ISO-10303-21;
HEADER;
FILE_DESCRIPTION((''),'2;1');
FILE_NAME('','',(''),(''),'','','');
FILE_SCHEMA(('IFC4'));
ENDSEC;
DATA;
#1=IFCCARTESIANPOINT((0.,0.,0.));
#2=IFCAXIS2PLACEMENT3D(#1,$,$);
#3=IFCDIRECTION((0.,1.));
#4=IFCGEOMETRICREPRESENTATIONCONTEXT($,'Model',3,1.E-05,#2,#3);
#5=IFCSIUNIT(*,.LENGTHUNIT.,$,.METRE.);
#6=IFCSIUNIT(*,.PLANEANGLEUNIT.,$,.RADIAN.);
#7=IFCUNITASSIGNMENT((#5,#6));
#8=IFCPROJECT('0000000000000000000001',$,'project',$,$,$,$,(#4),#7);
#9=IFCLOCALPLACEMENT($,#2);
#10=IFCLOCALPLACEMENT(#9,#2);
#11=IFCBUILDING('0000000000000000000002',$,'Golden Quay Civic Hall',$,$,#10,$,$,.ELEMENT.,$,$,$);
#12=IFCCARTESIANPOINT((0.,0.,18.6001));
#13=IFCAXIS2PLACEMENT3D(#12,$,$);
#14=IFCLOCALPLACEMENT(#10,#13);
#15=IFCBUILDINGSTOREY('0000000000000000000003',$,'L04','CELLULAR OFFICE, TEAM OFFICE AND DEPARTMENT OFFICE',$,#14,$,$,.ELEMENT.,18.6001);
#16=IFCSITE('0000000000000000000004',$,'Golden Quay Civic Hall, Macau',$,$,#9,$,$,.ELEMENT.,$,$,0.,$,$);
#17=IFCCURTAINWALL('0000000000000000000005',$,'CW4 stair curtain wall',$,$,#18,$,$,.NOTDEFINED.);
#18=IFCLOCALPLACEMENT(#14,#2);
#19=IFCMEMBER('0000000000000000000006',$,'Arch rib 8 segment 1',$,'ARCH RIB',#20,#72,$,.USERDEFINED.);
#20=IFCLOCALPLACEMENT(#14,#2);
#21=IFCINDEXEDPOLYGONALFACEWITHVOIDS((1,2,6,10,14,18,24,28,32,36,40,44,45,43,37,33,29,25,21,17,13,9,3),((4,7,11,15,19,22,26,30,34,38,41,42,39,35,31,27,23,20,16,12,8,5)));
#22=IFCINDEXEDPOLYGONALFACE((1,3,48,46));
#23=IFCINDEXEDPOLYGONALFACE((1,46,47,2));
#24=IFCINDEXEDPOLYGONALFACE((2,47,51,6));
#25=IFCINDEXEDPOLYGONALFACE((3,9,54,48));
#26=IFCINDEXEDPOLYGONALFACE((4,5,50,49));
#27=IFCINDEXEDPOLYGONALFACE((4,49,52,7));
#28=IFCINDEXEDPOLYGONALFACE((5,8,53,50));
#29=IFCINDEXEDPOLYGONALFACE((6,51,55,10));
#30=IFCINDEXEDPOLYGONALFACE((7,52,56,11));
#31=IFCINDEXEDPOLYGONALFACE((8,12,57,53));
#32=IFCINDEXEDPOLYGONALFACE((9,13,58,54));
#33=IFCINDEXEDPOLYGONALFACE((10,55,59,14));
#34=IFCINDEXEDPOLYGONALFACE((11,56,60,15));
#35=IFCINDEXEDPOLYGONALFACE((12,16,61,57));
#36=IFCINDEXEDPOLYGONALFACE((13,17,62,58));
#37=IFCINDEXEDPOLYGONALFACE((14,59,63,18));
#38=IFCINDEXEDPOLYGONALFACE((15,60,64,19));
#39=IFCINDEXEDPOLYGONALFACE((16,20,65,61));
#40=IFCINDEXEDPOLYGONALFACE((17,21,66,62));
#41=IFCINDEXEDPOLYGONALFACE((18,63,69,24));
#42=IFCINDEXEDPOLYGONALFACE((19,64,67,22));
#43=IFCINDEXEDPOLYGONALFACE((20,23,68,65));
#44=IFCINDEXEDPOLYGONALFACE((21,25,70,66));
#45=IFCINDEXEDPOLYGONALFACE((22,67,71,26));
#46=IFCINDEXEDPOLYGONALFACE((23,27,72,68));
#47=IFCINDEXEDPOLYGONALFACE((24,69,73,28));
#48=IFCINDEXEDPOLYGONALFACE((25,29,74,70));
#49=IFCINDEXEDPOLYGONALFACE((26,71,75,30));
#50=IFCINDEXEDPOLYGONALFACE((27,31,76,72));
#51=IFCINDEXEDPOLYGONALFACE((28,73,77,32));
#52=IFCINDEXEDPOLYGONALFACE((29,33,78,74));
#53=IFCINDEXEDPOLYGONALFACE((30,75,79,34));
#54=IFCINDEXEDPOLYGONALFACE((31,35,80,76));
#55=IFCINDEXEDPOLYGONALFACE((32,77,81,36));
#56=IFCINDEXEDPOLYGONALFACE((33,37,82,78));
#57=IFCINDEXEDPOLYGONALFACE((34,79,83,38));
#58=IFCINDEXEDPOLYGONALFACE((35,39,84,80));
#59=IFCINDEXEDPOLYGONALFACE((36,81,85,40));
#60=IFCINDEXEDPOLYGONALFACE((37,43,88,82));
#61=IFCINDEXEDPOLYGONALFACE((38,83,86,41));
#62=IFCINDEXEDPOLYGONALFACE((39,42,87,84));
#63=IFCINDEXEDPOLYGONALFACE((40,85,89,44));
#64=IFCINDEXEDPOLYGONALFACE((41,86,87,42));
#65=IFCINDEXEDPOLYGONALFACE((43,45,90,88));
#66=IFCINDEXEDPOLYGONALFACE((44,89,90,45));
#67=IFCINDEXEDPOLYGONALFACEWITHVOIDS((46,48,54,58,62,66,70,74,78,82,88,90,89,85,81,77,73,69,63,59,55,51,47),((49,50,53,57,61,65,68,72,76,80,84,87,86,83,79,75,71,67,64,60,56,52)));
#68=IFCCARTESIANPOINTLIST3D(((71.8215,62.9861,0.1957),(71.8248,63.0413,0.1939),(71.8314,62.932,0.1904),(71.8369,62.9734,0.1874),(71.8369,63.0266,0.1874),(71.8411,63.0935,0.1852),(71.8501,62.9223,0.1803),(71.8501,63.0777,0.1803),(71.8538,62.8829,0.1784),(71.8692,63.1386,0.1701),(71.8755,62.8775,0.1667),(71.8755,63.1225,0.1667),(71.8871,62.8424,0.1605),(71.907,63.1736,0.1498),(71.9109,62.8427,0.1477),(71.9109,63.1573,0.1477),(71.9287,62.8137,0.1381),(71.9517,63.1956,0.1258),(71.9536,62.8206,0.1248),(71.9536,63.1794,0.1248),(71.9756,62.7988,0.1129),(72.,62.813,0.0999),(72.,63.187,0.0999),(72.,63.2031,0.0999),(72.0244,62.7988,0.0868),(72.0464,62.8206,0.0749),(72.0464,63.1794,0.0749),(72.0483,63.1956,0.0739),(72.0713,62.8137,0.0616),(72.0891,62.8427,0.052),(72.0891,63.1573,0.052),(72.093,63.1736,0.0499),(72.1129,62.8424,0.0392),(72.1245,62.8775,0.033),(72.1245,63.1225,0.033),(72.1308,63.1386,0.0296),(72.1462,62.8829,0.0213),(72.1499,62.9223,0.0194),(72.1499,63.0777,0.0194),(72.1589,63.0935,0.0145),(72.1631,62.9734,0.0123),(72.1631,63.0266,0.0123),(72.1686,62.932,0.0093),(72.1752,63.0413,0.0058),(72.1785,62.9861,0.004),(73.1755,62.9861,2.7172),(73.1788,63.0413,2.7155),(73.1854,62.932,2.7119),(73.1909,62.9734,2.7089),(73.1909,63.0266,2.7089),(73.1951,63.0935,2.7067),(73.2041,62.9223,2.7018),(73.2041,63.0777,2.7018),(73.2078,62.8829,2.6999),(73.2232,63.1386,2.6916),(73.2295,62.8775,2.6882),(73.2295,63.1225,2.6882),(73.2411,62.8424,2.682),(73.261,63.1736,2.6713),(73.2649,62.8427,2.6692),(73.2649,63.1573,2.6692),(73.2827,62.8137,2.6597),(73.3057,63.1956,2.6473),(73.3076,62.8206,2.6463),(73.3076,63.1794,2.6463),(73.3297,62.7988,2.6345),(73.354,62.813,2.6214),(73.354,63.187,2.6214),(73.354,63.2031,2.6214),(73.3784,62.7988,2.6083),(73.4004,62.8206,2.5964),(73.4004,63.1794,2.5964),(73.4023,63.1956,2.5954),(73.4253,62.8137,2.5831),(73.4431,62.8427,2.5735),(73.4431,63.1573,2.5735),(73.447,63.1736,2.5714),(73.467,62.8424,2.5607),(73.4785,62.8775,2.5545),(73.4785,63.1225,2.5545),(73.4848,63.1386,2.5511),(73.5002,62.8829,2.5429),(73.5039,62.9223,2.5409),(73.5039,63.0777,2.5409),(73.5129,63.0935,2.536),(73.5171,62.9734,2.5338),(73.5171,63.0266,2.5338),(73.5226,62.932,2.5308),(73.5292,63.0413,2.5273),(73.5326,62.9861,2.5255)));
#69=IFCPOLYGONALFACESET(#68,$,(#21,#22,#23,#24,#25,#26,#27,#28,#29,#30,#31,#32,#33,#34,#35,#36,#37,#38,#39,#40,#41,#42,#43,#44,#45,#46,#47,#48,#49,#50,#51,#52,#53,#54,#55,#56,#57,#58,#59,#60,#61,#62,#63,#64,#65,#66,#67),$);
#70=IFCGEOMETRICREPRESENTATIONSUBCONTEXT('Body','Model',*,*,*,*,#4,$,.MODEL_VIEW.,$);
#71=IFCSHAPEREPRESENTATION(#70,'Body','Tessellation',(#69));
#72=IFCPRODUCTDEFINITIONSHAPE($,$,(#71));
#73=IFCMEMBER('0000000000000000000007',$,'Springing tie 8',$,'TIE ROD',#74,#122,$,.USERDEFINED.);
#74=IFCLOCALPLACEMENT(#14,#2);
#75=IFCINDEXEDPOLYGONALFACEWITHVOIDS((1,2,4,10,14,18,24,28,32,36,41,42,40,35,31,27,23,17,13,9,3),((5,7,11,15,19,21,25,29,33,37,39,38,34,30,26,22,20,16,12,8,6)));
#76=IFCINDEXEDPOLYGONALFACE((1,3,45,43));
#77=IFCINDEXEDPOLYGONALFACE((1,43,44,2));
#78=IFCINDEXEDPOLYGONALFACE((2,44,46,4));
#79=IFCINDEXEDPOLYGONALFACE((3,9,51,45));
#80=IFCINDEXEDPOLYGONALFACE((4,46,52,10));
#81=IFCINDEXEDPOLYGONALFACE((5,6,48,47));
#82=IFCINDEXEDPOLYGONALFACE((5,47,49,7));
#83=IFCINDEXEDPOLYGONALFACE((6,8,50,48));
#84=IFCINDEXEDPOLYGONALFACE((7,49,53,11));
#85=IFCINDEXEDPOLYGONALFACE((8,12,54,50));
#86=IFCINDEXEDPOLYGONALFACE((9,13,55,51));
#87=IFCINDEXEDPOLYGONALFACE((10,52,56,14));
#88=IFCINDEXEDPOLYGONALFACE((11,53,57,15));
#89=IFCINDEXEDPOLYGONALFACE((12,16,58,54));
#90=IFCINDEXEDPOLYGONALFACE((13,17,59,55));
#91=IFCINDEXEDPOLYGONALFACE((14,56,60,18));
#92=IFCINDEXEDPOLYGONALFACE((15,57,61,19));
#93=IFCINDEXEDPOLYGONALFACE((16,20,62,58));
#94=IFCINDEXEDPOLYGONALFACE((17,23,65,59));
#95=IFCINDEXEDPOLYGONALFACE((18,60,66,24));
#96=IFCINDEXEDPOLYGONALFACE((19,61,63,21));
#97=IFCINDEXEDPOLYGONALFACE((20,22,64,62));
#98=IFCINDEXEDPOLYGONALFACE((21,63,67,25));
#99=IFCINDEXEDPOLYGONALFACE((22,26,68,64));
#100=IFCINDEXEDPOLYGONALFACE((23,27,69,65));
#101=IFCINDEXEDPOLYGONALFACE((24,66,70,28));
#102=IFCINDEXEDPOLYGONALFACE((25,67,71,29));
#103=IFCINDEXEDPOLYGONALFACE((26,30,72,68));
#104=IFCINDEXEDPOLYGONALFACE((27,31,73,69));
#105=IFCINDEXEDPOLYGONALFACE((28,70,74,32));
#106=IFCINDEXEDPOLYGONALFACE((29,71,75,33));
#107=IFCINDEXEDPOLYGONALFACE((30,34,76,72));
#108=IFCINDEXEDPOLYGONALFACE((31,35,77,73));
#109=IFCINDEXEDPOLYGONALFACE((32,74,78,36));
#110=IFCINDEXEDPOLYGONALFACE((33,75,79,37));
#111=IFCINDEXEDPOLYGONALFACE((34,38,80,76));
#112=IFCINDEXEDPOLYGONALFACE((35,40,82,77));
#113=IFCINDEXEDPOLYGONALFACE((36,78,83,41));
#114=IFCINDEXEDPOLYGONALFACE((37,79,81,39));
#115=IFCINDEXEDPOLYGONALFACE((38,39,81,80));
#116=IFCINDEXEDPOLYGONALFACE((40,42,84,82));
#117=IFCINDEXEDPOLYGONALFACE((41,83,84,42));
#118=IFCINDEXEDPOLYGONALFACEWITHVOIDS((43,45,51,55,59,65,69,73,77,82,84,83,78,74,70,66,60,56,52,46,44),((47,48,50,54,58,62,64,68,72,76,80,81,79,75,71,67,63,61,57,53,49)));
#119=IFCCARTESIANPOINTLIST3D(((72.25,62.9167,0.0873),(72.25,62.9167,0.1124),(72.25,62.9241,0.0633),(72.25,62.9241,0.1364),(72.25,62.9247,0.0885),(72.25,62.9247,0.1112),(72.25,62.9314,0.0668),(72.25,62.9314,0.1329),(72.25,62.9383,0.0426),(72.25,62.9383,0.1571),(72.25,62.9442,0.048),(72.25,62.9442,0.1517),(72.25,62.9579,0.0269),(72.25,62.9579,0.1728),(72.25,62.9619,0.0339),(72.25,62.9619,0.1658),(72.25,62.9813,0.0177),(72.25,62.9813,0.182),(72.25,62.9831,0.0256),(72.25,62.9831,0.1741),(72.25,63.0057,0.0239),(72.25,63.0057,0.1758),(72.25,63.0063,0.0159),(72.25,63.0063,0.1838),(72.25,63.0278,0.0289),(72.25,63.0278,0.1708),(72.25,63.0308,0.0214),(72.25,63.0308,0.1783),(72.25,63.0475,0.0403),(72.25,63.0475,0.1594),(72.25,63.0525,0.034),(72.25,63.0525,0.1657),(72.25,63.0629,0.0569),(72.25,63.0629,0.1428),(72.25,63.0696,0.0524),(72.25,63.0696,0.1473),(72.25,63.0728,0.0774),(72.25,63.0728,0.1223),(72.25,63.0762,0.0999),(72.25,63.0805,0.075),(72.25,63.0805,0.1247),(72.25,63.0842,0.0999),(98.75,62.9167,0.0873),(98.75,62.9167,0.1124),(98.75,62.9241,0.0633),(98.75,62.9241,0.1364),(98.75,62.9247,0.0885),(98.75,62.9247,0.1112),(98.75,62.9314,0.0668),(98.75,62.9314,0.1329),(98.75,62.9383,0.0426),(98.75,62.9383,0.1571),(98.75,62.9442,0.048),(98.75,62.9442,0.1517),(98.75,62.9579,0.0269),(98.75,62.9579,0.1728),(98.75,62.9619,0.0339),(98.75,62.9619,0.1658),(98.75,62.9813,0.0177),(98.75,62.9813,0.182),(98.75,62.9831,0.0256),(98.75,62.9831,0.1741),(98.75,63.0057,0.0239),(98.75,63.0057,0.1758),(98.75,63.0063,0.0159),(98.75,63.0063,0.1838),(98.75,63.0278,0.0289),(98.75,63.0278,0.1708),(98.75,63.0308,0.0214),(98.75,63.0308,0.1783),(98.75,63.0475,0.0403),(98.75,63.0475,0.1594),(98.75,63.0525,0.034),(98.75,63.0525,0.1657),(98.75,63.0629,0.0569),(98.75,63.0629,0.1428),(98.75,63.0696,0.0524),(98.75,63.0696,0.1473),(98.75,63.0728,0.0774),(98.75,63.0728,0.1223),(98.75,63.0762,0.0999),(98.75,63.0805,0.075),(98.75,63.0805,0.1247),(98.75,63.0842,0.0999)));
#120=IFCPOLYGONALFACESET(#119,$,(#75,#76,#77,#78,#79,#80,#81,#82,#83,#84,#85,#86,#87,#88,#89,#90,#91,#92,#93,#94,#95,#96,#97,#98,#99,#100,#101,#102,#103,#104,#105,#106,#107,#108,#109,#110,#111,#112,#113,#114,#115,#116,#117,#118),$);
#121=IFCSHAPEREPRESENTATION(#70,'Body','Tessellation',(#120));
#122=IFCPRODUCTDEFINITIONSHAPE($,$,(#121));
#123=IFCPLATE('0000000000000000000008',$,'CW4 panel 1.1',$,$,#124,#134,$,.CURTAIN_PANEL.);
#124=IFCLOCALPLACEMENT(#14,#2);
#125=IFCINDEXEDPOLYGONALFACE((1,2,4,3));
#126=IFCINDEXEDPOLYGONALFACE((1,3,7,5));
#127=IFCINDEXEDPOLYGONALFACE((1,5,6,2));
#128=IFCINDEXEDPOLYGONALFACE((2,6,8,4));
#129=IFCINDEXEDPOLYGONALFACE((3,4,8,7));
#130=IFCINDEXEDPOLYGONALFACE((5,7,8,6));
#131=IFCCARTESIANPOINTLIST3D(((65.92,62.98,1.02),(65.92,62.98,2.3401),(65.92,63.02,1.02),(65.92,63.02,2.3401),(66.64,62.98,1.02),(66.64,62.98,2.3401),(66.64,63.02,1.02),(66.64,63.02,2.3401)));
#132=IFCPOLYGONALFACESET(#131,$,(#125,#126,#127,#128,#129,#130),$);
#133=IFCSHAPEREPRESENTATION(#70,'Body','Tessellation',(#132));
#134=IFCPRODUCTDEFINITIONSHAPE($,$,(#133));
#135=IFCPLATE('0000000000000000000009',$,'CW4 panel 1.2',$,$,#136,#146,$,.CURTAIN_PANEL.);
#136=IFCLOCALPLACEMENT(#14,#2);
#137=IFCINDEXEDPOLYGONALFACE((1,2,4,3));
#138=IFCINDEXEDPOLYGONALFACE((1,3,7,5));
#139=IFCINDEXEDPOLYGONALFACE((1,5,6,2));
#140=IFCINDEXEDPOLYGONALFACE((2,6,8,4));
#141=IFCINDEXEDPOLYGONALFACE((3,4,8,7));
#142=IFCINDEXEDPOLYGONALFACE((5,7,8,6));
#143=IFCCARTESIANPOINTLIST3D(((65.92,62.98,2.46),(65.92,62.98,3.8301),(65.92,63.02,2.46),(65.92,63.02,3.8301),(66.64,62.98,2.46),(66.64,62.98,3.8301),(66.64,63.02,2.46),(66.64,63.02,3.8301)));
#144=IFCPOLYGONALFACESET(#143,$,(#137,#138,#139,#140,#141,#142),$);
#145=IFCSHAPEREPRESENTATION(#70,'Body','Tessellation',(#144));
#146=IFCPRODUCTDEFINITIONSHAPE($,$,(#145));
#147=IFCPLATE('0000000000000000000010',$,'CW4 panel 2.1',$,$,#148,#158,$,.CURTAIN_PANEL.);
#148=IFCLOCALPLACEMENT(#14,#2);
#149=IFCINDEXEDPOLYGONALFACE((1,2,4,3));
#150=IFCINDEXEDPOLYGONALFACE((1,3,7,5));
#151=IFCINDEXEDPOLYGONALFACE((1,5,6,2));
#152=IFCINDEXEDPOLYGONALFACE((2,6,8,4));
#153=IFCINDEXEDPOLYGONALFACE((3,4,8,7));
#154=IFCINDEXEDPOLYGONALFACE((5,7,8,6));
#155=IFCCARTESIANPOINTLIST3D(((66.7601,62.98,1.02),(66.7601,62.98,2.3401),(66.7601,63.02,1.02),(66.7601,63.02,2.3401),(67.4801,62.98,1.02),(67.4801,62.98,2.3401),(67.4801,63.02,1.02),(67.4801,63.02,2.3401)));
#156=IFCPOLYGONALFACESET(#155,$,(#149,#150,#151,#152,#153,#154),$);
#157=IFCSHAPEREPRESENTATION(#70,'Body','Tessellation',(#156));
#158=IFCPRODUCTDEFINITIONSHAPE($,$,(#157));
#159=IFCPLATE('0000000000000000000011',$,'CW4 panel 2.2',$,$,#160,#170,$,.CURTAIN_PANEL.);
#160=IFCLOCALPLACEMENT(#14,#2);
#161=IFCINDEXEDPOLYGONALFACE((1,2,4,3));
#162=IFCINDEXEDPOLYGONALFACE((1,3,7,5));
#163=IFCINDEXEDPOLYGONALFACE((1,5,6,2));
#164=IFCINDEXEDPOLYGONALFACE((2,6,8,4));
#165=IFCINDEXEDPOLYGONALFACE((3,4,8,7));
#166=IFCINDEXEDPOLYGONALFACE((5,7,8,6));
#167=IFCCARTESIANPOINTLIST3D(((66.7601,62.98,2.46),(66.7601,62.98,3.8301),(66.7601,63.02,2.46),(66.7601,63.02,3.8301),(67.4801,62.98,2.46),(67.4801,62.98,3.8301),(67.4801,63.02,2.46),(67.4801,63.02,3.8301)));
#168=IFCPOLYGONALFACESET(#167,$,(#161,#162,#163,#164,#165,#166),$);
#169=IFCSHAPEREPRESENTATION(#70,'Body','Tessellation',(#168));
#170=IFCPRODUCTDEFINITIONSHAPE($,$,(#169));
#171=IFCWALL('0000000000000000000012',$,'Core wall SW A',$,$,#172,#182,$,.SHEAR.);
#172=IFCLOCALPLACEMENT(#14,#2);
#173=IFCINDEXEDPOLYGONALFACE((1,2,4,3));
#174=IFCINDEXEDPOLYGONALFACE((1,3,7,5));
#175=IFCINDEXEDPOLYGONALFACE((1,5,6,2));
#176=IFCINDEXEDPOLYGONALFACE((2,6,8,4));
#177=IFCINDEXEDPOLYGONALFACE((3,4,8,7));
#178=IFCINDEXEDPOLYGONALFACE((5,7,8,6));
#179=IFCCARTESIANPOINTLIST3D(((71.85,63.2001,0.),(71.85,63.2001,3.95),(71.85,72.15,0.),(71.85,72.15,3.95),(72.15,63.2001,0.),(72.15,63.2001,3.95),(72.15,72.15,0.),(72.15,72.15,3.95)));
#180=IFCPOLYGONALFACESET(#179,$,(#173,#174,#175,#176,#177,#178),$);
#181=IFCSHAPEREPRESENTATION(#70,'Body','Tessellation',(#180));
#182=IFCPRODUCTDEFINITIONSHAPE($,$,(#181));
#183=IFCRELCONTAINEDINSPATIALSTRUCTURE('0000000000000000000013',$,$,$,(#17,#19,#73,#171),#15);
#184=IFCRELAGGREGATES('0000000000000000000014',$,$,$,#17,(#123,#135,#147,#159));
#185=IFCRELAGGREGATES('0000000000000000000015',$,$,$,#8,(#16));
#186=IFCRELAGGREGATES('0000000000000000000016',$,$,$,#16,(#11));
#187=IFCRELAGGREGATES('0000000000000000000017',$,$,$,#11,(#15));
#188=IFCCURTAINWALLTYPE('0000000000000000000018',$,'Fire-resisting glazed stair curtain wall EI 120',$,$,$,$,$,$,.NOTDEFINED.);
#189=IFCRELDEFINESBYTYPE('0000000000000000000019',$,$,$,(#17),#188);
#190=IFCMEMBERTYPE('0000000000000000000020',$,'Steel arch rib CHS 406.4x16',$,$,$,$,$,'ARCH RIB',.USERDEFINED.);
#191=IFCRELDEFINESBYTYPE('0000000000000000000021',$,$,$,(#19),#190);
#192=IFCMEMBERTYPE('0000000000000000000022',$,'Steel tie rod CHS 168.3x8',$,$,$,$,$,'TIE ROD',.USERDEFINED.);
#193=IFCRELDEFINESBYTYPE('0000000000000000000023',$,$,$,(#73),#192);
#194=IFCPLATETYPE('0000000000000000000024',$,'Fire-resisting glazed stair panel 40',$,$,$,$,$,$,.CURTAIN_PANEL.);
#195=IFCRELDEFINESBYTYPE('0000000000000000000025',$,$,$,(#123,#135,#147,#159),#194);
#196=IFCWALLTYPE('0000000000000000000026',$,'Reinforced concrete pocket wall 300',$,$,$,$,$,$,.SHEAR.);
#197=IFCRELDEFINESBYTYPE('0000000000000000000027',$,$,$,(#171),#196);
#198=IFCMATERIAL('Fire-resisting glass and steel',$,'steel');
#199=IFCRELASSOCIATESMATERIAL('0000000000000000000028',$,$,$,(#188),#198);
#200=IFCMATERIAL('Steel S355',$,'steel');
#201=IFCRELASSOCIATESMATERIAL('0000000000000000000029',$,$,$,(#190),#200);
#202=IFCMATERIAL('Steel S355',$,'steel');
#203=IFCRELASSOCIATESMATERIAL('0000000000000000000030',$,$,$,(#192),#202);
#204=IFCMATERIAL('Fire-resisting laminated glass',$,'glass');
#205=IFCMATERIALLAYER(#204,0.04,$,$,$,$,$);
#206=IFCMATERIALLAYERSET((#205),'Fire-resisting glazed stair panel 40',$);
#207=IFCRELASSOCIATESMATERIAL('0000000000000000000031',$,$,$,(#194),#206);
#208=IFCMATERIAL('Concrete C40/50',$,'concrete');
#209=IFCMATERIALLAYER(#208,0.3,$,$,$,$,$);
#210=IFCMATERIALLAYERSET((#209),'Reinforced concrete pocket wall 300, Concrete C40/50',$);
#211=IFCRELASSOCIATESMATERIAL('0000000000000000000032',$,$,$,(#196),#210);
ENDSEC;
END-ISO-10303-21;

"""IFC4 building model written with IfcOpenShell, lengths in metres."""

from ifc_helpers import new_model, si_unit, direction, frame, frame_2d, origin, origin_2d, place, context, subcontext, project, spatial, rectangle, hollow_circle, extrude, material, layer, layer_set, material_profile, profile_set, type_object, element, aggregate, save


model = new_model("IFC4")

# Units and contexts
model_context = context("Model", 3, precision=1e-05, world=origin(), true_north=direction((0.0, 1.0)))
body_context = subcontext(model_context, "Body", "Model", "MODEL_VIEW")
ifc_project = project(units=[si_unit("LENGTHUNIT", "METRE"), si_unit("PLANEANGLEUNIT", "RADIAN")], contexts=[model_context])

# Site, building, storey
site_placement = place(None, origin())
site = spatial("IfcSite", under=ifc_project, at=site_placement, Name="Golden Quay Civic Hall, Macau", CompositionType="ELEMENT", RefElevation=0.0)
building_placement = place(site_placement, origin())
building = spatial("IfcBuilding", under=site, at=building_placement, Name="Golden Quay Civic Hall", CompositionType="ELEMENT")
storey_placement = place(building_placement, frame((0.0, 0.0, 18.6001)))
storey = spatial("IfcBuildingStorey", under=building, at=storey_placement, Name="L04", Description="CELLULAR OFFICE, TEAM OFFICE AND DEPARTMENT OFFICE", CompositionType="ELEMENT", Elevation=18.6001)

# Curtain wall
ifc_material_1 = material(Name="Fire-resisting glass and steel", Category="steel")
curtain_wall_type = type_object("IfcCurtainWallType", Name="Fire-resisting glazed stair curtain wall EI 120", PredefinedType="NOTDEFINED", material=ifc_material_1)
curtain_wall_placement = place(storey_placement, origin())
curtain_wall = element("IfcCurtainWall", 1, at=curtain_wall_placement, inside=storey, type_object=curtain_wall_type, Name="CW4 stair curtain wall", PredefinedType="NOTDEFINED")

# Members
ifc_material_2 = material(Name="Steel S355", Category="steel")
ifc_material_profile_1 = material_profile(ifc_material_2, hollow_circle(Radius=0.2031, WallThickness=0.0161, at=origin_2d()), Name="CHS 406.4x16")
ifc_profile_set_1 = profile_set([ifc_material_profile_1], Name="Steel S355")
member_type_1 = type_object("IfcMemberType", Name="Steel arch rib CHS 406.4x16", ElementType="ARCH RIB", PredefinedType="USERDEFINED", material=ifc_profile_set_1)
member_1_placement = place(storey_placement, frame((72.0, 63.0, 0.0999), z_axis=(0.473092, 0.0, 0.881013), x_axis=(0.0, 1.0, 0.0)))
element("IfcMember", 2, at=member_1_placement, inside=storey, type_object=member_type_1, Name="Arch rib 8 segment 1", ObjectType="ARCH RIB", PredefinedType="USERDEFINED", context=body_context, shape_type="SweptSolid", body=[
    extrude(hollow_circle(Radius=0.2031, WallThickness=0.0161, at=origin_2d()), origin(), (0.0, 0.0, 1.0), 2.8621),
])
ifc_material_3 = material(Name="Steel S355", Category="steel")
ifc_material_profile_2 = material_profile(ifc_material_3, hollow_circle(Radius=0.0842, WallThickness=0.0081, at=origin_2d()), Name="CHS 168.3x8")
ifc_profile_set_2 = profile_set([ifc_material_profile_2], Name="Steel S355")
member_type_2 = type_object("IfcMemberType", Name="Steel tie rod CHS 168.3x8", ElementType="TIE ROD", PredefinedType="USERDEFINED", material=ifc_profile_set_2)
member_2_placement = place(storey_placement, frame((72.25, 63.0, 0.0999), z_axis=(1.0, 0.0, 0.0), x_axis=(0.0, 1.0, 0.0)))
element("IfcMember", 3, at=member_2_placement, inside=storey, type_object=member_type_2, Name="Springing tie 8", ObjectType="TIE ROD", PredefinedType="USERDEFINED", context=body_context, shape_type="SweptSolid", body=[
    extrude(hollow_circle(Radius=0.0842, WallThickness=0.0081, at=origin_2d()), origin(), (0.0, 0.0, 1.0), 26.5),
])

# Plates
ifc_material_4 = material(Name="Fire-resisting laminated glass", Category="glass")
ifc_layer_1 = layer(ifc_material_4, 0.04)
ifc_layer_set_1 = layer_set([ifc_layer_1], Name="Fire-resisting glazed stair panel 40")
plate_type = type_object("IfcPlateType", Name="Fire-resisting glazed stair panel 40", PredefinedType="CURTAIN_PANEL", material=ifc_layer_set_1)
plate_1_placement = place(storey_placement, frame((66.28, 63.0, 1.02), z_axis=(0.0, 0.0, 1.0), x_axis=(1.0, 0.0, 0.0)))
plate_1 = element("IfcPlate", 4, at=plate_1_placement, type_object=plate_type, Name="CW4 panel 1.1", PredefinedType="CURTAIN_PANEL", context=body_context, shape_type="SweptSolid", body=[
    extrude(rectangle(XDim=0.72, YDim=0.04, at=origin_2d()), origin(), (0.0, 0.0, 1.0), 1.3201),
])
plate_2_placement = place(storey_placement, frame((66.28, 63.0, 2.46), z_axis=(0.0, 0.0, 1.0), x_axis=(1.0, 0.0, 0.0)))
plate_2 = element("IfcPlate", 5, at=plate_2_placement, type_object=plate_type, Name="CW4 panel 1.2", PredefinedType="CURTAIN_PANEL", context=body_context, shape_type="SweptSolid", body=[
    extrude(rectangle(XDim=0.72, YDim=0.04, at=origin_2d()), origin(), (0.0, 0.0, 1.0), 1.3701),
])
plate_3_placement = place(storey_placement, frame((67.1201, 63.0, 1.02), z_axis=(0.0, 0.0, 1.0), x_axis=(1.0, 0.0, 0.0)))
plate_3 = element("IfcPlate", 6, at=plate_3_placement, type_object=plate_type, Name="CW4 panel 2.1", PredefinedType="CURTAIN_PANEL", context=body_context, shape_type="SweptSolid", body=[
    extrude(rectangle(XDim=0.72, YDim=0.04, at=origin_2d()), origin(), (0.0, 0.0, 1.0), 1.3201),
])
plate_4_placement = place(storey_placement, frame((67.1201, 63.0, 2.46), z_axis=(0.0, 0.0, 1.0), x_axis=(1.0, 0.0, 0.0)))
plate_4 = element("IfcPlate", 7, at=plate_4_placement, type_object=plate_type, Name="CW4 panel 2.2", PredefinedType="CURTAIN_PANEL", context=body_context, shape_type="SweptSolid", body=[
    extrude(rectangle(XDim=0.72, YDim=0.04, at=origin_2d()), origin(), (0.0, 0.0, 1.0), 1.3701),
])
aggregate(curtain_wall, [plate_1, plate_2, plate_3, plate_4])

# Wall
ifc_material_5 = material(Name="Concrete C40/50", Category="concrete")
ifc_layer_2 = layer(ifc_material_5, 0.3)
ifc_layer_set_2 = layer_set([ifc_layer_2], Name="Reinforced concrete pocket wall 300, Concrete C40/50")
wall_type_1 = type_object("IfcWallType", Name="Reinforced concrete pocket wall 300", PredefinedType="SHEAR", material=ifc_layer_set_2)
wall_1_placement = place(storey_placement, frame((72.0, 63.2, 0.0), z_axis=(0.0, 0.0, 1.0), x_axis=(0.0, 1.0, 0.0)))
element("IfcWall", 8, at=wall_1_placement, inside=storey, type_object=wall_type_1, Name="Core wall SW A", PredefinedType="SHEAR", context=body_context, shape_type="SweptSolid", body=[
    extrude(rectangle(XDim=8.95, YDim=0.3, at=frame_2d((4.4751, 0.0))), origin(), (0.0, 0.0, 1.0), 3.95),
])

save(model, "model.ifc")
